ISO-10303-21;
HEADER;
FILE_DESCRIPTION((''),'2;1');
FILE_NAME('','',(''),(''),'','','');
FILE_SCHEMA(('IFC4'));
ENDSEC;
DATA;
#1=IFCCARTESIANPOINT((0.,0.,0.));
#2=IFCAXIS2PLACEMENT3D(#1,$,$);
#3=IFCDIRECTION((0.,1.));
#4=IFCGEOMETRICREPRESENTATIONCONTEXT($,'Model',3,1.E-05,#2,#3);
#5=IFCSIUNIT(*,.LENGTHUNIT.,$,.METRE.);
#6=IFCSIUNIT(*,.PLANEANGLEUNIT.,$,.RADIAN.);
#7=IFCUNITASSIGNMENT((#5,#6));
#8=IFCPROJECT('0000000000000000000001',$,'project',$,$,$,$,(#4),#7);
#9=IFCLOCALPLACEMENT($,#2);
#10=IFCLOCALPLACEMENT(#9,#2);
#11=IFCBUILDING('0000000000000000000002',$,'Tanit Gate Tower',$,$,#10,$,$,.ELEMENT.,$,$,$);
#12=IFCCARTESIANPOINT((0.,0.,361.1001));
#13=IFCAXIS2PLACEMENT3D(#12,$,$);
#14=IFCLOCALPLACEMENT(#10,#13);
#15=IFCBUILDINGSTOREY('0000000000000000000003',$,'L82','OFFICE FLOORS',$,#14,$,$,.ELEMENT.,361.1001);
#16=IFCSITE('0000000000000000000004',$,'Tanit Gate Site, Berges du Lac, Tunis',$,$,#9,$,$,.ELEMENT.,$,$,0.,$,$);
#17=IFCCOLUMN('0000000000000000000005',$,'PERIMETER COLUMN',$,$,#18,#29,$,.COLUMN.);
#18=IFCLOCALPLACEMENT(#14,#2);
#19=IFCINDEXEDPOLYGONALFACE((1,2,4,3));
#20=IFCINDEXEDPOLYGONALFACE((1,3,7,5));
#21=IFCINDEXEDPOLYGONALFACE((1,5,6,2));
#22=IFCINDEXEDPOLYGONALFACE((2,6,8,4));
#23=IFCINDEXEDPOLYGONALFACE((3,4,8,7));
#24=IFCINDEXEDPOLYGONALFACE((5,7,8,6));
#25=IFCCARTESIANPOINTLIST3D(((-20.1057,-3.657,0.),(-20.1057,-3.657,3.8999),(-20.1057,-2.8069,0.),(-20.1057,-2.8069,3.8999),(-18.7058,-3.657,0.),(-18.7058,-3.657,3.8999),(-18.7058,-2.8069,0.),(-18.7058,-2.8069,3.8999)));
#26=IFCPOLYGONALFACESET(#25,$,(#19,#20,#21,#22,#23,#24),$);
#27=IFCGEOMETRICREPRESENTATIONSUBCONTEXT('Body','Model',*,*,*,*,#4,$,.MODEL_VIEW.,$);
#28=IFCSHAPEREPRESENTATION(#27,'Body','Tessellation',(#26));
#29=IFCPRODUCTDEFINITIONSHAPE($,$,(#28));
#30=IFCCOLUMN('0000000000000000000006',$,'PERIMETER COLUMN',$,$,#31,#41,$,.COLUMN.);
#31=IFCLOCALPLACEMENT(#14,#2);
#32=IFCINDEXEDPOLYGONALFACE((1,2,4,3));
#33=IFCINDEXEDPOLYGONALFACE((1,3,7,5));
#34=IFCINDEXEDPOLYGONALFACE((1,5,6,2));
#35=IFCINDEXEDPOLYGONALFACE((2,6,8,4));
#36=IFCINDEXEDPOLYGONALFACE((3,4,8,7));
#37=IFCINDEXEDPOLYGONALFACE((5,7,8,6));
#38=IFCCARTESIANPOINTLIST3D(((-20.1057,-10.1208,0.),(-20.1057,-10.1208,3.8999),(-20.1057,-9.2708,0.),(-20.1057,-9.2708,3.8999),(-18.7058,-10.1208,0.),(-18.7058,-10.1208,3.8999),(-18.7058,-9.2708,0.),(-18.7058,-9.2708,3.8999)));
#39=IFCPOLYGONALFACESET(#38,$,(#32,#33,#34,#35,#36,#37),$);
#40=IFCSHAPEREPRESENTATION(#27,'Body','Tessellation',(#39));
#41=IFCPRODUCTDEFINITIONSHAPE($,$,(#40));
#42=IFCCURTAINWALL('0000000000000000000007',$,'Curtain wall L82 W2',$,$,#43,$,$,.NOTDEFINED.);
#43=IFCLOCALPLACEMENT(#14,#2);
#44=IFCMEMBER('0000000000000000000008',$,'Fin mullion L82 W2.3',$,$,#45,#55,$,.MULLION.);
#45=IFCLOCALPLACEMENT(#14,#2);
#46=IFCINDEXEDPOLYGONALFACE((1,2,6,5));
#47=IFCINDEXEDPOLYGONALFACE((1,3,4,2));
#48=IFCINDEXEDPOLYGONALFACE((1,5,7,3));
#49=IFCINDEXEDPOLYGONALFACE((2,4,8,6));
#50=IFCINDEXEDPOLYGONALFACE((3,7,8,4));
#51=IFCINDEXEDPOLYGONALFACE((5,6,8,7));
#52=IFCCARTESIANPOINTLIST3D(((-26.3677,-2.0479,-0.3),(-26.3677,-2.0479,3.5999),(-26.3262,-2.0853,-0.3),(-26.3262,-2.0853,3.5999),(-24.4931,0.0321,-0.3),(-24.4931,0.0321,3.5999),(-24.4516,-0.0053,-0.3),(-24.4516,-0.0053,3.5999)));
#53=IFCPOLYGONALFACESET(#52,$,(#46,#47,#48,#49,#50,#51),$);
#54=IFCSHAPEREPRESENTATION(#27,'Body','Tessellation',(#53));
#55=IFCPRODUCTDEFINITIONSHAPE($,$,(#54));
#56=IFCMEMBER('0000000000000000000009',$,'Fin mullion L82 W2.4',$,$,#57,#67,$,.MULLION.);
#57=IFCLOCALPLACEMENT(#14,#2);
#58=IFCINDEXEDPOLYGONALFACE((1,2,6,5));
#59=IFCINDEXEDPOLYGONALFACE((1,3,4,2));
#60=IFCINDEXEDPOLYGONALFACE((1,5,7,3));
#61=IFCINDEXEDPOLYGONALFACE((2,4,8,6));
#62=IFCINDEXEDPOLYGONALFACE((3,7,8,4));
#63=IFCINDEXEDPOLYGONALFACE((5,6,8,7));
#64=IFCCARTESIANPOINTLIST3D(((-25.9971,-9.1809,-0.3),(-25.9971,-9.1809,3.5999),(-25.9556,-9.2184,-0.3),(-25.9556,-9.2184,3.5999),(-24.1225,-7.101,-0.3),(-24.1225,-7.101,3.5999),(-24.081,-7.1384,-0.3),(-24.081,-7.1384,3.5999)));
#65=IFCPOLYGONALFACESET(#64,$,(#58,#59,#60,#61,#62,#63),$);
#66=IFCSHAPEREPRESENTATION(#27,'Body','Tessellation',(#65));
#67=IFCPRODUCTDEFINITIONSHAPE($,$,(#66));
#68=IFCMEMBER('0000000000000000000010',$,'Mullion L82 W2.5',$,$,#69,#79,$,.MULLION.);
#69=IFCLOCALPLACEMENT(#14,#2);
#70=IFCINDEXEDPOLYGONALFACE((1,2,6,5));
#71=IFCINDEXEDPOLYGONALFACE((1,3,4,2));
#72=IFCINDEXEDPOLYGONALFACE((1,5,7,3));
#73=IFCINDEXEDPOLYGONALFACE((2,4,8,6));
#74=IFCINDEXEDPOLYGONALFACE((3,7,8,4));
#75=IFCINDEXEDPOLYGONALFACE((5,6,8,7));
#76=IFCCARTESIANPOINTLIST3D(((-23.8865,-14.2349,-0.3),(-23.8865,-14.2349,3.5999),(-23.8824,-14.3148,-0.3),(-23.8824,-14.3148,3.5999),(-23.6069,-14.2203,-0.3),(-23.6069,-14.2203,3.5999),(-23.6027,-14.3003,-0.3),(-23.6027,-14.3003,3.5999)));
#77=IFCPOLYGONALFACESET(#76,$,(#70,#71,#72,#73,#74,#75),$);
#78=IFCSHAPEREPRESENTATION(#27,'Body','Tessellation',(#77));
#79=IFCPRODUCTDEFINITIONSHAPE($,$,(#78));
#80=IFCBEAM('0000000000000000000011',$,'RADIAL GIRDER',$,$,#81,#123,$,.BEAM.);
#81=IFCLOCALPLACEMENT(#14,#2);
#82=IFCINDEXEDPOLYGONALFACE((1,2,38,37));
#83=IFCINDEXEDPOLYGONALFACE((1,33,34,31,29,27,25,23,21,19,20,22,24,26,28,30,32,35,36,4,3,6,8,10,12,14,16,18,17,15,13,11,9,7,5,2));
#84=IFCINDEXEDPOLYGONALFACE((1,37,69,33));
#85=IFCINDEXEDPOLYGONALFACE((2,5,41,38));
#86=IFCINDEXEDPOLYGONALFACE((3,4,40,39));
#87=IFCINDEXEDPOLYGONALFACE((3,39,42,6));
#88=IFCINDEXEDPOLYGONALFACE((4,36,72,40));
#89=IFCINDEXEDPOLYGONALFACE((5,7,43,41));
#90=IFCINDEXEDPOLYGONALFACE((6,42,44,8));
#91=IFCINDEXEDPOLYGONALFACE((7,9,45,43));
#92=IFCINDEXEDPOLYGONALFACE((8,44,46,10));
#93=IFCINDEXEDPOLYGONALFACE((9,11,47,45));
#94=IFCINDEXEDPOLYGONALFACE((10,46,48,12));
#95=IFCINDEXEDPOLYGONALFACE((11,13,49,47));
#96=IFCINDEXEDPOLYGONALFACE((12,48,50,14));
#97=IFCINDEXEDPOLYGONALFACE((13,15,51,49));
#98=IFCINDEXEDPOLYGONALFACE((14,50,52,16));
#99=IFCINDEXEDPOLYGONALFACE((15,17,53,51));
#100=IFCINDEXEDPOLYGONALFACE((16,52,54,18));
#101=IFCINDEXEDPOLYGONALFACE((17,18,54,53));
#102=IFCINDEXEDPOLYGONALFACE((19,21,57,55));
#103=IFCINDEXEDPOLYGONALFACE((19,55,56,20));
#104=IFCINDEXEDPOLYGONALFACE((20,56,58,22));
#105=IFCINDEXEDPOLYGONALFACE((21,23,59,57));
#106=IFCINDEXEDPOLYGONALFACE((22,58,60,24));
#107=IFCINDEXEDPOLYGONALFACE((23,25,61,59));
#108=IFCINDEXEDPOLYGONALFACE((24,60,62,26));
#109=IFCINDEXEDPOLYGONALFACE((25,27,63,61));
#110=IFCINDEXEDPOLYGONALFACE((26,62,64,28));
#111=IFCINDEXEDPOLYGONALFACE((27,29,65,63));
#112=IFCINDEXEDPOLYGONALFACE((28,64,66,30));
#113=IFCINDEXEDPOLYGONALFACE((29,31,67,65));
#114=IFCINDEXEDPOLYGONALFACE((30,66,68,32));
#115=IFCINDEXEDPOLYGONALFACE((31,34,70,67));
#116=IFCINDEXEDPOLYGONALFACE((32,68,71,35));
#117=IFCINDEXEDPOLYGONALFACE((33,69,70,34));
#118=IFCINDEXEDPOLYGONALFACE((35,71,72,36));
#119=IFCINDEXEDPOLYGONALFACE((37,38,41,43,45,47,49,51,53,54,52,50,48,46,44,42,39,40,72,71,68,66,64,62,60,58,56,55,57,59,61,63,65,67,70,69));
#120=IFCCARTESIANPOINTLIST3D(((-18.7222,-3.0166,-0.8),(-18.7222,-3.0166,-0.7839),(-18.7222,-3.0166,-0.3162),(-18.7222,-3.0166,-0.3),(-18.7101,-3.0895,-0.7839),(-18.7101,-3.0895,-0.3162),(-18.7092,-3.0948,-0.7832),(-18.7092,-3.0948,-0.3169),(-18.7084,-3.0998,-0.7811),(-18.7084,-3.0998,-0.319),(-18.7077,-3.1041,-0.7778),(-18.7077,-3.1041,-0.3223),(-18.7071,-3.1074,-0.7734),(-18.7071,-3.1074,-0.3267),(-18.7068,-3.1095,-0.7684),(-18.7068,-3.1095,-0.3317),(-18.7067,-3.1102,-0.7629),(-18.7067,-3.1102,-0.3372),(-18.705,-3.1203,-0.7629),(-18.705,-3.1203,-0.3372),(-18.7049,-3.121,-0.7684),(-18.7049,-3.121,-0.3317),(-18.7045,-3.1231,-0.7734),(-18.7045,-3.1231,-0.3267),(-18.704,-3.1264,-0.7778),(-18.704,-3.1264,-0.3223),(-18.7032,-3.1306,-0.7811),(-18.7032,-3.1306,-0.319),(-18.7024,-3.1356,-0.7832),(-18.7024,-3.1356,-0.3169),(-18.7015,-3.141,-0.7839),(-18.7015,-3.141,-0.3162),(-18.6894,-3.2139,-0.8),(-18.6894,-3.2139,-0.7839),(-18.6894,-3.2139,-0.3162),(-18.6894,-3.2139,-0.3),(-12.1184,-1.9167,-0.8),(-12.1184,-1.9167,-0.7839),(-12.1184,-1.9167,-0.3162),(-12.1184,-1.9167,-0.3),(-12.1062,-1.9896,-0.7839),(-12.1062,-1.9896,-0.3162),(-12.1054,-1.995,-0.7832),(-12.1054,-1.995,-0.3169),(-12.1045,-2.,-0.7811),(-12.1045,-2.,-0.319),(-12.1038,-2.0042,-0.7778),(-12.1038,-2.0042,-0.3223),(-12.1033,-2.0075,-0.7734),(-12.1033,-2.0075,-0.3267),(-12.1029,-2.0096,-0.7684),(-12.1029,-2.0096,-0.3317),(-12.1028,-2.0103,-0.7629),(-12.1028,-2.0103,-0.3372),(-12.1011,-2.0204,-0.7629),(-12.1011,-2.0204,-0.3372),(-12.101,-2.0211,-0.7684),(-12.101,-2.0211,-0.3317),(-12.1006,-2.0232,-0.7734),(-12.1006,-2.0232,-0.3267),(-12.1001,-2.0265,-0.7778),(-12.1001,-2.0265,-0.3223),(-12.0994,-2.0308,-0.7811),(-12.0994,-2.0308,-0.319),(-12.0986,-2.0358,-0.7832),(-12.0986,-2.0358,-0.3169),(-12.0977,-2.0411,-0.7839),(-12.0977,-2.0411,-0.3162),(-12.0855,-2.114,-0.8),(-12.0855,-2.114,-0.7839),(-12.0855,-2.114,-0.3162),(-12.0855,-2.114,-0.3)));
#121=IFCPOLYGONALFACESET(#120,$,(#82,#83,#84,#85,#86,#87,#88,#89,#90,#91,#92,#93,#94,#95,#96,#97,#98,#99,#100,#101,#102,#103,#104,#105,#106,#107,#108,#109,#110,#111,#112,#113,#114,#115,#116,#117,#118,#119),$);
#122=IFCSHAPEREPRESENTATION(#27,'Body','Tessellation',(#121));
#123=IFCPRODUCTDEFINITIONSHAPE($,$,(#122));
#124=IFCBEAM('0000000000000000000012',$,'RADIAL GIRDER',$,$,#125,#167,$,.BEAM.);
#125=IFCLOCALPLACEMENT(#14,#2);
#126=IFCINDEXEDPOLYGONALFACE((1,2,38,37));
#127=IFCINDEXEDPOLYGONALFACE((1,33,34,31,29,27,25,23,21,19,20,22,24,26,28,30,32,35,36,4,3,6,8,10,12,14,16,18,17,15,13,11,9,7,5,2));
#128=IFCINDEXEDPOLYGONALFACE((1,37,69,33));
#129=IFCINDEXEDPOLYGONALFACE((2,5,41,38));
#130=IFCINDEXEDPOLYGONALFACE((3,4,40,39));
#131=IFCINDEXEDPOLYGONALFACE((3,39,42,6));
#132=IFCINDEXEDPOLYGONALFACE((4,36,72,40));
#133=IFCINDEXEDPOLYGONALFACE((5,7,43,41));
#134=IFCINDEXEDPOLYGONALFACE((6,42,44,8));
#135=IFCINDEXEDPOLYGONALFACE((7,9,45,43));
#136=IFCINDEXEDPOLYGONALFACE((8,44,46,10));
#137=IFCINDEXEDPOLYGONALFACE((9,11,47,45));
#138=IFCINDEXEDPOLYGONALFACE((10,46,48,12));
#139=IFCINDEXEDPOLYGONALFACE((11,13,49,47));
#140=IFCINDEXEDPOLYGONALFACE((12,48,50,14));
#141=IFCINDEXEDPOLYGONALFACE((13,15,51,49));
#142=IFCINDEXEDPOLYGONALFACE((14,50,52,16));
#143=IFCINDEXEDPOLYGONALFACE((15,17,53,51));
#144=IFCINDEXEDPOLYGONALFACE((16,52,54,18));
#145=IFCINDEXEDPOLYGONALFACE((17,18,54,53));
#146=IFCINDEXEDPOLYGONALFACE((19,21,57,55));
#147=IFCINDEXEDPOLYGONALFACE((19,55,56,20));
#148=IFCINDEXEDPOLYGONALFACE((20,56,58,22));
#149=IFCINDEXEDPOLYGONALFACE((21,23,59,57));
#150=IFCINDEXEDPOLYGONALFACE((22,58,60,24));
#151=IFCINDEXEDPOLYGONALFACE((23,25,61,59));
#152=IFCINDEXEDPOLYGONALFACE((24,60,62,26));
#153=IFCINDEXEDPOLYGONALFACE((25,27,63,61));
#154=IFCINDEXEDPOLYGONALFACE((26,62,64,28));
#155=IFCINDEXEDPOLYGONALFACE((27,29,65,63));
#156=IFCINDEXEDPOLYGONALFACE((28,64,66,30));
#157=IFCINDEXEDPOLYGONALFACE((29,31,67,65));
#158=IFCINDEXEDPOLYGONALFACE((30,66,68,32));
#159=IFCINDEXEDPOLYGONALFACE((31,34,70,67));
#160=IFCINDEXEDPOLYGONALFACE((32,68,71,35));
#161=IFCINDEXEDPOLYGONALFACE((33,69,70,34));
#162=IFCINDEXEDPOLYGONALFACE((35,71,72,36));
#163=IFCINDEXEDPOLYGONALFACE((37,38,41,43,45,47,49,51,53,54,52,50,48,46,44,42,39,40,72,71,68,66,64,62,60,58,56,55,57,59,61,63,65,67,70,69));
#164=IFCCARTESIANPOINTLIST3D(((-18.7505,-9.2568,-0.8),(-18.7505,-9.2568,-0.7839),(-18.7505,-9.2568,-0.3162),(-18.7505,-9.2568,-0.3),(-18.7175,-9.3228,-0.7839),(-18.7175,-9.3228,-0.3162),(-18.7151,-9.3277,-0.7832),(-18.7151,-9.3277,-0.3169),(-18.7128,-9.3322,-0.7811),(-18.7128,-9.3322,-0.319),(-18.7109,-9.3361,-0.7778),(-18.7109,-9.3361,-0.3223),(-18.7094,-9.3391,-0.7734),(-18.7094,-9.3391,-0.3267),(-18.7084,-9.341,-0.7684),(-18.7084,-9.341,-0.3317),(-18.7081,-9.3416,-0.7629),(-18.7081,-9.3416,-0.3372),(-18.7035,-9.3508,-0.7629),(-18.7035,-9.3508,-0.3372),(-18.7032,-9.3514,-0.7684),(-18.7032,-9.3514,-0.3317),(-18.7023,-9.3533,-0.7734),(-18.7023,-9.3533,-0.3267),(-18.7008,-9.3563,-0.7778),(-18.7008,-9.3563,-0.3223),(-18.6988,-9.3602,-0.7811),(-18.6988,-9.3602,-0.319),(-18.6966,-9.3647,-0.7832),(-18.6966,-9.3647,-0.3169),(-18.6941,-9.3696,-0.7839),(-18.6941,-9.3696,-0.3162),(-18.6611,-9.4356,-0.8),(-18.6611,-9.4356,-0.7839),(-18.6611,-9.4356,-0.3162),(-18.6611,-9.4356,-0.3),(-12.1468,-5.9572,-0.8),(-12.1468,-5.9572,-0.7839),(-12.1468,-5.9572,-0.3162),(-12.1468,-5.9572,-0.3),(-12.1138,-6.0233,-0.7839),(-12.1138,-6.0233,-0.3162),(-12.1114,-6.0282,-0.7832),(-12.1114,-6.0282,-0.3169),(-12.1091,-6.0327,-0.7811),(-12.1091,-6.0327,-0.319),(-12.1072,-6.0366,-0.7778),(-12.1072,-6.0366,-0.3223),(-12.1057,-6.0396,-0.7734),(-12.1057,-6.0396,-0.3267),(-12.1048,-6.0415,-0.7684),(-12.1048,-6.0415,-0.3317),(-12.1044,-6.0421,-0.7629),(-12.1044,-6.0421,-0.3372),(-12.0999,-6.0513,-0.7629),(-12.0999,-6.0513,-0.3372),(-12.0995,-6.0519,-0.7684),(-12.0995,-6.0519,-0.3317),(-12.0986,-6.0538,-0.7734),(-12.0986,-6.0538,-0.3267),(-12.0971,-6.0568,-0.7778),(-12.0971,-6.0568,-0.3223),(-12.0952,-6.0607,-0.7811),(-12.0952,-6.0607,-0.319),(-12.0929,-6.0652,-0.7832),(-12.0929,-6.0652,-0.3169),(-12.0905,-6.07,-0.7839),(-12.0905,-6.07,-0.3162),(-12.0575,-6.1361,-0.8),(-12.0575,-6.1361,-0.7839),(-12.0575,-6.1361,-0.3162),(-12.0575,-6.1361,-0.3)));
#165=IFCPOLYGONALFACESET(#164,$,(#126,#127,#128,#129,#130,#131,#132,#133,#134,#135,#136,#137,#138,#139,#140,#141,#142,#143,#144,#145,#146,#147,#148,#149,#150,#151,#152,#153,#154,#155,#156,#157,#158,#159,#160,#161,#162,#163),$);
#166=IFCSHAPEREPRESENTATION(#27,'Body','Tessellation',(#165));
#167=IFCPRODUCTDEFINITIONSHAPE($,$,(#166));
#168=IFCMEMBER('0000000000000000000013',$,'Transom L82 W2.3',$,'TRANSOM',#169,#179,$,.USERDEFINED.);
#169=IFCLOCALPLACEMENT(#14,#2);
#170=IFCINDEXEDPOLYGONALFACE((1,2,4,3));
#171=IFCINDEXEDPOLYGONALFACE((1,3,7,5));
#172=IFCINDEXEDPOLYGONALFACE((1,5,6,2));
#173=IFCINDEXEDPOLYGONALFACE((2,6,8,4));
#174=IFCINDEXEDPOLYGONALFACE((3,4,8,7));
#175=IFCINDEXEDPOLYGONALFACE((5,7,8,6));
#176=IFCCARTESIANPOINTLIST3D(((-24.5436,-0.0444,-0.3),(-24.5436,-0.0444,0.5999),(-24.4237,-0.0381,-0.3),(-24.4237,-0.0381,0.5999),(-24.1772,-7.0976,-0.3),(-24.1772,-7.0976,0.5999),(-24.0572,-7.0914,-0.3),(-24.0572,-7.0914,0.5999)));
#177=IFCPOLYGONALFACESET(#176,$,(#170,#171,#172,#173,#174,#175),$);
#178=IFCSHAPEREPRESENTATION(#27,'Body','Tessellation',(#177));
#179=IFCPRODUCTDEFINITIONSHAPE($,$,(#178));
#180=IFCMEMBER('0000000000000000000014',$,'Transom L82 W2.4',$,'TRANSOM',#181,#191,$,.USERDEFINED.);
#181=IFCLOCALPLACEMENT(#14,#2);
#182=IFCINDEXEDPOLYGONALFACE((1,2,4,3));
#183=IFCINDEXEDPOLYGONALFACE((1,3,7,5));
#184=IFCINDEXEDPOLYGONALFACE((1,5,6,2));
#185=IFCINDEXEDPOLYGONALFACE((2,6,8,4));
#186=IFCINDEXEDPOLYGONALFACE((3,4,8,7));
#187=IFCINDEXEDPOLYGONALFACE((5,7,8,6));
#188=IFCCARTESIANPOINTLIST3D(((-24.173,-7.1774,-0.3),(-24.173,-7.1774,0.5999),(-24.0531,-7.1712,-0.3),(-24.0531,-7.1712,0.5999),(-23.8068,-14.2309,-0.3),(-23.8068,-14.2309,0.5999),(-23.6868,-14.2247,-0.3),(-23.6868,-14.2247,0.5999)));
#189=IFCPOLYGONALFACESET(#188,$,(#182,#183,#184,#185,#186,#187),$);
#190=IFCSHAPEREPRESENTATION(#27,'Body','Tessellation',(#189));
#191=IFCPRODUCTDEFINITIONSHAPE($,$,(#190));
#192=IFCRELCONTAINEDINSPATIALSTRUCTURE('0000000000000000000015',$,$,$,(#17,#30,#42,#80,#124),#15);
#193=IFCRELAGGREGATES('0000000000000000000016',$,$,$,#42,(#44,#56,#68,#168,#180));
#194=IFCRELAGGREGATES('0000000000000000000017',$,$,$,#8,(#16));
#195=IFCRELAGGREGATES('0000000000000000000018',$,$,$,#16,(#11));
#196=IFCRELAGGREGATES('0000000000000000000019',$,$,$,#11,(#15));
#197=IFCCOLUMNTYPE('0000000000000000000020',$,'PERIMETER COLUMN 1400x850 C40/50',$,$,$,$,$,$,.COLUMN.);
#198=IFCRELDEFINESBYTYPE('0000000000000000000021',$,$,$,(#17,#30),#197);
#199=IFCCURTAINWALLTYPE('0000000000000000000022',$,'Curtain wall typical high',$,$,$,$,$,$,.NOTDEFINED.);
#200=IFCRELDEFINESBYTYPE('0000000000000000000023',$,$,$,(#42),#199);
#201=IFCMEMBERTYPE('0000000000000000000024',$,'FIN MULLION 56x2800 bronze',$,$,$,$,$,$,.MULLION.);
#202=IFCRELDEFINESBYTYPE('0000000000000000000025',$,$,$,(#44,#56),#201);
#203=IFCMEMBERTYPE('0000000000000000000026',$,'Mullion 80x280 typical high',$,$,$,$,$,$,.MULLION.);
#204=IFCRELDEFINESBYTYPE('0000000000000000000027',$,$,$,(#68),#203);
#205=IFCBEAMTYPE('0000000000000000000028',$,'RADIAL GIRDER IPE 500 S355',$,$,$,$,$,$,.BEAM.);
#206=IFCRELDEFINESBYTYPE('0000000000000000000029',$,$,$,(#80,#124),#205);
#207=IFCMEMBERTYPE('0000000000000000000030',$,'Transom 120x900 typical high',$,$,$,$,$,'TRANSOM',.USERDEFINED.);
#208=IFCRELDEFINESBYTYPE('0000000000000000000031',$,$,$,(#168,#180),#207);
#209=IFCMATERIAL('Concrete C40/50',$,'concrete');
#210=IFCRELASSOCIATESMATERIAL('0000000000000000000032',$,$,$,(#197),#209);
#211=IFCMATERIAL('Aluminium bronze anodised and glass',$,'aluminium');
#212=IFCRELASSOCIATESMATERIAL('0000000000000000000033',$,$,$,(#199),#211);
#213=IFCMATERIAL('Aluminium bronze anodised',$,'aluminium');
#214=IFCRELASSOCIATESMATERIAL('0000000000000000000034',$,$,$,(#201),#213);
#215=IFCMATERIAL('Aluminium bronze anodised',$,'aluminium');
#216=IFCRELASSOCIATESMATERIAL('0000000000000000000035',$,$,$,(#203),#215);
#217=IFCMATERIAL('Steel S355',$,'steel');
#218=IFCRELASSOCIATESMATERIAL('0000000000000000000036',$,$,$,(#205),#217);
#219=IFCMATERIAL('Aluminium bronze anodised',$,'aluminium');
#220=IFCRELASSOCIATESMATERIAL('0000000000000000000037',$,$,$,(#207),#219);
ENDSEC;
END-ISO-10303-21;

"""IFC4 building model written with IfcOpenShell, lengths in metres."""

from ifc_helpers import new_model, si_unit, direction, frame, origin, origin_2d, place, context, subcontext, project, spatial, rectangle, i_section, extrude, material, material_profile, profile_set, type_object, element, aggregate, save


model = new_model("IFC4")

# Units and contexts
model_context = context("Model", 3, precision=1e-05, world=origin(), true_north=direction((0.0, 1.0)))
body_context = subcontext(model_context, "Body", "Model", "MODEL_VIEW")
ifc_project = project(units=[si_unit("LENGTHUNIT", "METRE"), si_unit("PLANEANGLEUNIT", "RADIAN")], contexts=[model_context])

# Site, building, storey
site_placement = place(None, origin())
site = spatial("IfcSite", under=ifc_project, at=site_placement, Name="Tanit Gate Site, Berges du Lac, Tunis", CompositionType="ELEMENT", RefElevation=0.0)
building_placement = place(site_placement, origin())
building = spatial("IfcBuilding", under=site, at=building_placement, Name="Tanit Gate Tower", CompositionType="ELEMENT")
storey_placement = place(building_placement, frame((0.0, 0.0, 361.1001)))
storey = spatial("IfcBuildingStorey", under=building, at=storey_placement, Name="L82", Description="OFFICE FLOORS", CompositionType="ELEMENT", Elevation=361.1001)

# Columns
ifc_material_1 = material(Name="Concrete C40/50", Category="concrete")
ifc_material_profile_1 = material_profile(ifc_material_1, rectangle(XDim=1.3999, YDim=0.8501, at=origin_2d()), Name="RC 1400x850")
ifc_profile_set_1 = profile_set([ifc_material_profile_1], Name="Concrete C40/50")
column_type = type_object("IfcColumnType", Name="PERIMETER COLUMN 1400x850 C40/50", PredefinedType="COLUMN", material=ifc_profile_set_1)
for number, where, z_axis, x_axis, name in (
    (1, (-19.4058, -3.2319, 0.0), (0.0, 0.0, 1.0), (-1.0, 0.0, 0.0), "PERIMETER COLUMN"),
    (2, (-19.4058, -9.6958, 0.0), (0.0, 0.0, 1.0), (-1.0, 0.0, 0.0), "PERIMETER COLUMN"),
):
    element("IfcColumn", number, at=place(storey_placement, frame(where, z_axis=z_axis, x_axis=x_axis)), inside=storey, type_object=column_type, Name=name, PredefinedType="COLUMN", context=body_context, shape_type="SweptSolid", body=[
        extrude(rectangle(XDim=1.3999, YDim=0.8501, at=origin_2d()), origin(), (0.0, 0.0, 1.0), 3.8999),
    ])

# Curtain wall, members
ifc_material_2 = material(Name="Aluminium bronze anodised and glass", Category="aluminium")
curtain_wall_type = type_object("IfcCurtainWallType", Name="Curtain wall typical high", PredefinedType="NOTDEFINED", material=ifc_material_2)
curtain_wall_1_placement = place(storey_placement, origin())
curtain_wall_1 = element("IfcCurtainWall", 3, at=curtain_wall_1_placement, inside=storey, type_object=curtain_wall_type, Name="Curtain wall L82 W2", PredefinedType="NOTDEFINED")
ifc_material_3 = material(Name="Aluminium bronze anodised", Category="aluminium")
ifc_material_profile_2 = material_profile(ifc_material_3, rectangle(XDim=2.8, YDim=0.0559, at=origin_2d()), Name="56x2800 bronze fin mullion")
ifc_profile_set_2 = profile_set([ifc_material_profile_2], Name="Aluminium bronze anodised")
member_type_1 = type_object("IfcMemberType", Name="FIN MULLION 56x2800 bronze", PredefinedType="MULLION", material=ifc_profile_set_2)
member_1_placement = place(storey_placement, frame((-25.4097, -1.0266, -0.3), z_axis=(0.0, 0.0, 1.0), x_axis=(0.669481, 0.742829, 0.0)))
member_1 = element("IfcMember", 4, at=member_1_placement, type_object=member_type_1, Name="Fin mullion L82 W2.3", PredefinedType="MULLION", context=body_context, shape_type="SweptSolid", body=[
    extrude(rectangle(XDim=2.8, YDim=0.0559, at=origin_2d()), origin(), (0.0, 0.0, 1.0), 3.8999),
])
member_2_placement = place(storey_placement, frame((-25.0391, -8.1597, -0.3), z_axis=(0.0, 0.0, 1.0), x_axis=(0.669481, 0.742829, 0.0)))
member_2 = element("IfcMember", 5, at=member_2_placement, type_object=member_type_1, Name="Fin mullion L82 W2.4", PredefinedType="MULLION", context=body_context, shape_type="SweptSolid", body=[
    extrude(rectangle(XDim=2.8, YDim=0.0559, at=origin_2d()), origin(), (0.0, 0.0, 1.0), 3.8999),
])
ifc_material_4 = material(Name="Aluminium bronze anodised", Category="aluminium")
ifc_material_profile_3 = material_profile(ifc_material_4, rectangle(XDim=0.28, YDim=0.0801, at=origin_2d()), Name="80x280 bronze mullion")
ifc_profile_set_3 = profile_set([ifc_material_profile_3], Name="Aluminium bronze anodised")
member_type_2 = type_object("IfcMemberType", Name="Mullion 80x280 typical high", PredefinedType="MULLION", material=ifc_profile_set_3)
member_3_placement = place(storey_placement, frame((-23.7446, -14.2676, -0.3), z_axis=(0.0, 0.0, 1.0), x_axis=(0.998654, 0.051865, 0.0)))
member_3 = element("IfcMember", 6, at=member_3_placement, type_object=member_type_2, Name="Mullion L82 W2.5", PredefinedType="MULLION", context=body_context, shape_type="SweptSolid", body=[
    extrude(rectangle(XDim=0.28, YDim=0.0801, at=origin_2d()), origin(), (0.0, 0.0, 1.0), 3.8999),
])

# Beams
ifc_material_5 = material(Name="Steel S355", Category="steel")
ifc_material_profile_4 = material_profile(ifc_material_5, i_section(OverallWidth=0.2, OverallDepth=0.5, WebThickness=0.0103, FlangeThickness=0.0161, FilletRadius=0.021, at=origin_2d()), Name="IPE 500")
ifc_profile_set_4 = profile_set([ifc_material_profile_4], Name="Steel S355")
beam_type = type_object("IfcBeamType", Name="RADIAL GIRDER IPE 500 S355", PredefinedType="BEAM", material=ifc_profile_set_4)
beam_1_placement = place(storey_placement, frame((-18.7058, -3.1152, -0.55), z_axis=(0.986413, 0.164287, 0.0), x_axis=(-0.164287, 0.986413, 0.0)))
element("IfcBeam", 7, at=beam_1_placement, inside=storey, type_object=beam_type, Name="RADIAL GIRDER", PredefinedType="BEAM", context=body_context, shape_type="SweptSolid", body=[
    extrude(i_section(OverallWidth=0.2, OverallDepth=0.5, WebThickness=0.0103, FlangeThickness=0.0161, FilletRadius=0.021, at=origin_2d()), origin(), (0.0, 0.0, 1.0), 6.6948),
])
beam_2_placement = place(storey_placement, frame((-18.7058, -9.3462, -0.55), z_axis=(0.894553, 0.446962, 0.0), x_axis=(-0.446962, 0.894553, 0.0)))
element("IfcBeam", 8, at=beam_2_placement, inside=storey, type_object=beam_type, Name="RADIAL GIRDER", PredefinedType="BEAM", context=body_context, shape_type="SweptSolid", body=[
    extrude(i_section(OverallWidth=0.2, OverallDepth=0.5, WebThickness=0.0103, FlangeThickness=0.0161, FilletRadius=0.021, at=origin_2d()), origin(), (0.0, 0.0, 1.0), 7.3821),
])

# Members
ifc_material_6 = material(Name="Aluminium bronze anodised", Category="aluminium")
ifc_material_profile_5 = material_profile(ifc_material_6, rectangle(XDim=0.1201, YDim=0.8999, at=origin_2d()), Name="120x900 bronze transom")
ifc_profile_set_5 = profile_set([ifc_material_profile_5], Name="Aluminium bronze anodised")
member_type_3 = type_object("IfcMemberType", Name="Transom 120x900 typical high", ElementType="TRANSOM", PredefinedType="USERDEFINED", material=ifc_profile_set_5)
member_4_placement = place(storey_placement, frame((-24.4836, -0.0413, 0.1499), z_axis=(0.051886, -0.998653, 0.0), x_axis=(0.998653, 0.051886, 0.0)))
member_4 = element("IfcMember", 9, at=member_4_placement, type_object=member_type_3, Name="Transom L82 W2.3", ObjectType="TRANSOM", PredefinedType="USERDEFINED", context=body_context, shape_type="SweptSolid", body=[
    extrude(rectangle(XDim=0.1201, YDim=0.8999, at=origin_2d()), origin(), (0.0, 0.0, 1.0), 7.0627),
])
member_5_placement = place(storey_placement, frame((-24.113, -7.1743, 0.1499), z_axis=(0.051849, -0.998655, 0.0), x_axis=(0.998655, 0.051849, 0.0)))
member_5 = element("IfcMember", 10, at=member_5_placement, type_object=member_type_3, Name="Transom L82 W2.4", ObjectType="TRANSOM", PredefinedType="USERDEFINED", context=body_context, shape_type="SweptSolid", body=[
    extrude(rectangle(XDim=0.1201, YDim=0.8999, at=origin_2d()), origin(), (0.0, 0.0, 1.0), 7.063),
])

aggregate(curtain_wall_1, [member_1, member_2, member_3, member_4, member_5])

save(model, "model.ifc")
